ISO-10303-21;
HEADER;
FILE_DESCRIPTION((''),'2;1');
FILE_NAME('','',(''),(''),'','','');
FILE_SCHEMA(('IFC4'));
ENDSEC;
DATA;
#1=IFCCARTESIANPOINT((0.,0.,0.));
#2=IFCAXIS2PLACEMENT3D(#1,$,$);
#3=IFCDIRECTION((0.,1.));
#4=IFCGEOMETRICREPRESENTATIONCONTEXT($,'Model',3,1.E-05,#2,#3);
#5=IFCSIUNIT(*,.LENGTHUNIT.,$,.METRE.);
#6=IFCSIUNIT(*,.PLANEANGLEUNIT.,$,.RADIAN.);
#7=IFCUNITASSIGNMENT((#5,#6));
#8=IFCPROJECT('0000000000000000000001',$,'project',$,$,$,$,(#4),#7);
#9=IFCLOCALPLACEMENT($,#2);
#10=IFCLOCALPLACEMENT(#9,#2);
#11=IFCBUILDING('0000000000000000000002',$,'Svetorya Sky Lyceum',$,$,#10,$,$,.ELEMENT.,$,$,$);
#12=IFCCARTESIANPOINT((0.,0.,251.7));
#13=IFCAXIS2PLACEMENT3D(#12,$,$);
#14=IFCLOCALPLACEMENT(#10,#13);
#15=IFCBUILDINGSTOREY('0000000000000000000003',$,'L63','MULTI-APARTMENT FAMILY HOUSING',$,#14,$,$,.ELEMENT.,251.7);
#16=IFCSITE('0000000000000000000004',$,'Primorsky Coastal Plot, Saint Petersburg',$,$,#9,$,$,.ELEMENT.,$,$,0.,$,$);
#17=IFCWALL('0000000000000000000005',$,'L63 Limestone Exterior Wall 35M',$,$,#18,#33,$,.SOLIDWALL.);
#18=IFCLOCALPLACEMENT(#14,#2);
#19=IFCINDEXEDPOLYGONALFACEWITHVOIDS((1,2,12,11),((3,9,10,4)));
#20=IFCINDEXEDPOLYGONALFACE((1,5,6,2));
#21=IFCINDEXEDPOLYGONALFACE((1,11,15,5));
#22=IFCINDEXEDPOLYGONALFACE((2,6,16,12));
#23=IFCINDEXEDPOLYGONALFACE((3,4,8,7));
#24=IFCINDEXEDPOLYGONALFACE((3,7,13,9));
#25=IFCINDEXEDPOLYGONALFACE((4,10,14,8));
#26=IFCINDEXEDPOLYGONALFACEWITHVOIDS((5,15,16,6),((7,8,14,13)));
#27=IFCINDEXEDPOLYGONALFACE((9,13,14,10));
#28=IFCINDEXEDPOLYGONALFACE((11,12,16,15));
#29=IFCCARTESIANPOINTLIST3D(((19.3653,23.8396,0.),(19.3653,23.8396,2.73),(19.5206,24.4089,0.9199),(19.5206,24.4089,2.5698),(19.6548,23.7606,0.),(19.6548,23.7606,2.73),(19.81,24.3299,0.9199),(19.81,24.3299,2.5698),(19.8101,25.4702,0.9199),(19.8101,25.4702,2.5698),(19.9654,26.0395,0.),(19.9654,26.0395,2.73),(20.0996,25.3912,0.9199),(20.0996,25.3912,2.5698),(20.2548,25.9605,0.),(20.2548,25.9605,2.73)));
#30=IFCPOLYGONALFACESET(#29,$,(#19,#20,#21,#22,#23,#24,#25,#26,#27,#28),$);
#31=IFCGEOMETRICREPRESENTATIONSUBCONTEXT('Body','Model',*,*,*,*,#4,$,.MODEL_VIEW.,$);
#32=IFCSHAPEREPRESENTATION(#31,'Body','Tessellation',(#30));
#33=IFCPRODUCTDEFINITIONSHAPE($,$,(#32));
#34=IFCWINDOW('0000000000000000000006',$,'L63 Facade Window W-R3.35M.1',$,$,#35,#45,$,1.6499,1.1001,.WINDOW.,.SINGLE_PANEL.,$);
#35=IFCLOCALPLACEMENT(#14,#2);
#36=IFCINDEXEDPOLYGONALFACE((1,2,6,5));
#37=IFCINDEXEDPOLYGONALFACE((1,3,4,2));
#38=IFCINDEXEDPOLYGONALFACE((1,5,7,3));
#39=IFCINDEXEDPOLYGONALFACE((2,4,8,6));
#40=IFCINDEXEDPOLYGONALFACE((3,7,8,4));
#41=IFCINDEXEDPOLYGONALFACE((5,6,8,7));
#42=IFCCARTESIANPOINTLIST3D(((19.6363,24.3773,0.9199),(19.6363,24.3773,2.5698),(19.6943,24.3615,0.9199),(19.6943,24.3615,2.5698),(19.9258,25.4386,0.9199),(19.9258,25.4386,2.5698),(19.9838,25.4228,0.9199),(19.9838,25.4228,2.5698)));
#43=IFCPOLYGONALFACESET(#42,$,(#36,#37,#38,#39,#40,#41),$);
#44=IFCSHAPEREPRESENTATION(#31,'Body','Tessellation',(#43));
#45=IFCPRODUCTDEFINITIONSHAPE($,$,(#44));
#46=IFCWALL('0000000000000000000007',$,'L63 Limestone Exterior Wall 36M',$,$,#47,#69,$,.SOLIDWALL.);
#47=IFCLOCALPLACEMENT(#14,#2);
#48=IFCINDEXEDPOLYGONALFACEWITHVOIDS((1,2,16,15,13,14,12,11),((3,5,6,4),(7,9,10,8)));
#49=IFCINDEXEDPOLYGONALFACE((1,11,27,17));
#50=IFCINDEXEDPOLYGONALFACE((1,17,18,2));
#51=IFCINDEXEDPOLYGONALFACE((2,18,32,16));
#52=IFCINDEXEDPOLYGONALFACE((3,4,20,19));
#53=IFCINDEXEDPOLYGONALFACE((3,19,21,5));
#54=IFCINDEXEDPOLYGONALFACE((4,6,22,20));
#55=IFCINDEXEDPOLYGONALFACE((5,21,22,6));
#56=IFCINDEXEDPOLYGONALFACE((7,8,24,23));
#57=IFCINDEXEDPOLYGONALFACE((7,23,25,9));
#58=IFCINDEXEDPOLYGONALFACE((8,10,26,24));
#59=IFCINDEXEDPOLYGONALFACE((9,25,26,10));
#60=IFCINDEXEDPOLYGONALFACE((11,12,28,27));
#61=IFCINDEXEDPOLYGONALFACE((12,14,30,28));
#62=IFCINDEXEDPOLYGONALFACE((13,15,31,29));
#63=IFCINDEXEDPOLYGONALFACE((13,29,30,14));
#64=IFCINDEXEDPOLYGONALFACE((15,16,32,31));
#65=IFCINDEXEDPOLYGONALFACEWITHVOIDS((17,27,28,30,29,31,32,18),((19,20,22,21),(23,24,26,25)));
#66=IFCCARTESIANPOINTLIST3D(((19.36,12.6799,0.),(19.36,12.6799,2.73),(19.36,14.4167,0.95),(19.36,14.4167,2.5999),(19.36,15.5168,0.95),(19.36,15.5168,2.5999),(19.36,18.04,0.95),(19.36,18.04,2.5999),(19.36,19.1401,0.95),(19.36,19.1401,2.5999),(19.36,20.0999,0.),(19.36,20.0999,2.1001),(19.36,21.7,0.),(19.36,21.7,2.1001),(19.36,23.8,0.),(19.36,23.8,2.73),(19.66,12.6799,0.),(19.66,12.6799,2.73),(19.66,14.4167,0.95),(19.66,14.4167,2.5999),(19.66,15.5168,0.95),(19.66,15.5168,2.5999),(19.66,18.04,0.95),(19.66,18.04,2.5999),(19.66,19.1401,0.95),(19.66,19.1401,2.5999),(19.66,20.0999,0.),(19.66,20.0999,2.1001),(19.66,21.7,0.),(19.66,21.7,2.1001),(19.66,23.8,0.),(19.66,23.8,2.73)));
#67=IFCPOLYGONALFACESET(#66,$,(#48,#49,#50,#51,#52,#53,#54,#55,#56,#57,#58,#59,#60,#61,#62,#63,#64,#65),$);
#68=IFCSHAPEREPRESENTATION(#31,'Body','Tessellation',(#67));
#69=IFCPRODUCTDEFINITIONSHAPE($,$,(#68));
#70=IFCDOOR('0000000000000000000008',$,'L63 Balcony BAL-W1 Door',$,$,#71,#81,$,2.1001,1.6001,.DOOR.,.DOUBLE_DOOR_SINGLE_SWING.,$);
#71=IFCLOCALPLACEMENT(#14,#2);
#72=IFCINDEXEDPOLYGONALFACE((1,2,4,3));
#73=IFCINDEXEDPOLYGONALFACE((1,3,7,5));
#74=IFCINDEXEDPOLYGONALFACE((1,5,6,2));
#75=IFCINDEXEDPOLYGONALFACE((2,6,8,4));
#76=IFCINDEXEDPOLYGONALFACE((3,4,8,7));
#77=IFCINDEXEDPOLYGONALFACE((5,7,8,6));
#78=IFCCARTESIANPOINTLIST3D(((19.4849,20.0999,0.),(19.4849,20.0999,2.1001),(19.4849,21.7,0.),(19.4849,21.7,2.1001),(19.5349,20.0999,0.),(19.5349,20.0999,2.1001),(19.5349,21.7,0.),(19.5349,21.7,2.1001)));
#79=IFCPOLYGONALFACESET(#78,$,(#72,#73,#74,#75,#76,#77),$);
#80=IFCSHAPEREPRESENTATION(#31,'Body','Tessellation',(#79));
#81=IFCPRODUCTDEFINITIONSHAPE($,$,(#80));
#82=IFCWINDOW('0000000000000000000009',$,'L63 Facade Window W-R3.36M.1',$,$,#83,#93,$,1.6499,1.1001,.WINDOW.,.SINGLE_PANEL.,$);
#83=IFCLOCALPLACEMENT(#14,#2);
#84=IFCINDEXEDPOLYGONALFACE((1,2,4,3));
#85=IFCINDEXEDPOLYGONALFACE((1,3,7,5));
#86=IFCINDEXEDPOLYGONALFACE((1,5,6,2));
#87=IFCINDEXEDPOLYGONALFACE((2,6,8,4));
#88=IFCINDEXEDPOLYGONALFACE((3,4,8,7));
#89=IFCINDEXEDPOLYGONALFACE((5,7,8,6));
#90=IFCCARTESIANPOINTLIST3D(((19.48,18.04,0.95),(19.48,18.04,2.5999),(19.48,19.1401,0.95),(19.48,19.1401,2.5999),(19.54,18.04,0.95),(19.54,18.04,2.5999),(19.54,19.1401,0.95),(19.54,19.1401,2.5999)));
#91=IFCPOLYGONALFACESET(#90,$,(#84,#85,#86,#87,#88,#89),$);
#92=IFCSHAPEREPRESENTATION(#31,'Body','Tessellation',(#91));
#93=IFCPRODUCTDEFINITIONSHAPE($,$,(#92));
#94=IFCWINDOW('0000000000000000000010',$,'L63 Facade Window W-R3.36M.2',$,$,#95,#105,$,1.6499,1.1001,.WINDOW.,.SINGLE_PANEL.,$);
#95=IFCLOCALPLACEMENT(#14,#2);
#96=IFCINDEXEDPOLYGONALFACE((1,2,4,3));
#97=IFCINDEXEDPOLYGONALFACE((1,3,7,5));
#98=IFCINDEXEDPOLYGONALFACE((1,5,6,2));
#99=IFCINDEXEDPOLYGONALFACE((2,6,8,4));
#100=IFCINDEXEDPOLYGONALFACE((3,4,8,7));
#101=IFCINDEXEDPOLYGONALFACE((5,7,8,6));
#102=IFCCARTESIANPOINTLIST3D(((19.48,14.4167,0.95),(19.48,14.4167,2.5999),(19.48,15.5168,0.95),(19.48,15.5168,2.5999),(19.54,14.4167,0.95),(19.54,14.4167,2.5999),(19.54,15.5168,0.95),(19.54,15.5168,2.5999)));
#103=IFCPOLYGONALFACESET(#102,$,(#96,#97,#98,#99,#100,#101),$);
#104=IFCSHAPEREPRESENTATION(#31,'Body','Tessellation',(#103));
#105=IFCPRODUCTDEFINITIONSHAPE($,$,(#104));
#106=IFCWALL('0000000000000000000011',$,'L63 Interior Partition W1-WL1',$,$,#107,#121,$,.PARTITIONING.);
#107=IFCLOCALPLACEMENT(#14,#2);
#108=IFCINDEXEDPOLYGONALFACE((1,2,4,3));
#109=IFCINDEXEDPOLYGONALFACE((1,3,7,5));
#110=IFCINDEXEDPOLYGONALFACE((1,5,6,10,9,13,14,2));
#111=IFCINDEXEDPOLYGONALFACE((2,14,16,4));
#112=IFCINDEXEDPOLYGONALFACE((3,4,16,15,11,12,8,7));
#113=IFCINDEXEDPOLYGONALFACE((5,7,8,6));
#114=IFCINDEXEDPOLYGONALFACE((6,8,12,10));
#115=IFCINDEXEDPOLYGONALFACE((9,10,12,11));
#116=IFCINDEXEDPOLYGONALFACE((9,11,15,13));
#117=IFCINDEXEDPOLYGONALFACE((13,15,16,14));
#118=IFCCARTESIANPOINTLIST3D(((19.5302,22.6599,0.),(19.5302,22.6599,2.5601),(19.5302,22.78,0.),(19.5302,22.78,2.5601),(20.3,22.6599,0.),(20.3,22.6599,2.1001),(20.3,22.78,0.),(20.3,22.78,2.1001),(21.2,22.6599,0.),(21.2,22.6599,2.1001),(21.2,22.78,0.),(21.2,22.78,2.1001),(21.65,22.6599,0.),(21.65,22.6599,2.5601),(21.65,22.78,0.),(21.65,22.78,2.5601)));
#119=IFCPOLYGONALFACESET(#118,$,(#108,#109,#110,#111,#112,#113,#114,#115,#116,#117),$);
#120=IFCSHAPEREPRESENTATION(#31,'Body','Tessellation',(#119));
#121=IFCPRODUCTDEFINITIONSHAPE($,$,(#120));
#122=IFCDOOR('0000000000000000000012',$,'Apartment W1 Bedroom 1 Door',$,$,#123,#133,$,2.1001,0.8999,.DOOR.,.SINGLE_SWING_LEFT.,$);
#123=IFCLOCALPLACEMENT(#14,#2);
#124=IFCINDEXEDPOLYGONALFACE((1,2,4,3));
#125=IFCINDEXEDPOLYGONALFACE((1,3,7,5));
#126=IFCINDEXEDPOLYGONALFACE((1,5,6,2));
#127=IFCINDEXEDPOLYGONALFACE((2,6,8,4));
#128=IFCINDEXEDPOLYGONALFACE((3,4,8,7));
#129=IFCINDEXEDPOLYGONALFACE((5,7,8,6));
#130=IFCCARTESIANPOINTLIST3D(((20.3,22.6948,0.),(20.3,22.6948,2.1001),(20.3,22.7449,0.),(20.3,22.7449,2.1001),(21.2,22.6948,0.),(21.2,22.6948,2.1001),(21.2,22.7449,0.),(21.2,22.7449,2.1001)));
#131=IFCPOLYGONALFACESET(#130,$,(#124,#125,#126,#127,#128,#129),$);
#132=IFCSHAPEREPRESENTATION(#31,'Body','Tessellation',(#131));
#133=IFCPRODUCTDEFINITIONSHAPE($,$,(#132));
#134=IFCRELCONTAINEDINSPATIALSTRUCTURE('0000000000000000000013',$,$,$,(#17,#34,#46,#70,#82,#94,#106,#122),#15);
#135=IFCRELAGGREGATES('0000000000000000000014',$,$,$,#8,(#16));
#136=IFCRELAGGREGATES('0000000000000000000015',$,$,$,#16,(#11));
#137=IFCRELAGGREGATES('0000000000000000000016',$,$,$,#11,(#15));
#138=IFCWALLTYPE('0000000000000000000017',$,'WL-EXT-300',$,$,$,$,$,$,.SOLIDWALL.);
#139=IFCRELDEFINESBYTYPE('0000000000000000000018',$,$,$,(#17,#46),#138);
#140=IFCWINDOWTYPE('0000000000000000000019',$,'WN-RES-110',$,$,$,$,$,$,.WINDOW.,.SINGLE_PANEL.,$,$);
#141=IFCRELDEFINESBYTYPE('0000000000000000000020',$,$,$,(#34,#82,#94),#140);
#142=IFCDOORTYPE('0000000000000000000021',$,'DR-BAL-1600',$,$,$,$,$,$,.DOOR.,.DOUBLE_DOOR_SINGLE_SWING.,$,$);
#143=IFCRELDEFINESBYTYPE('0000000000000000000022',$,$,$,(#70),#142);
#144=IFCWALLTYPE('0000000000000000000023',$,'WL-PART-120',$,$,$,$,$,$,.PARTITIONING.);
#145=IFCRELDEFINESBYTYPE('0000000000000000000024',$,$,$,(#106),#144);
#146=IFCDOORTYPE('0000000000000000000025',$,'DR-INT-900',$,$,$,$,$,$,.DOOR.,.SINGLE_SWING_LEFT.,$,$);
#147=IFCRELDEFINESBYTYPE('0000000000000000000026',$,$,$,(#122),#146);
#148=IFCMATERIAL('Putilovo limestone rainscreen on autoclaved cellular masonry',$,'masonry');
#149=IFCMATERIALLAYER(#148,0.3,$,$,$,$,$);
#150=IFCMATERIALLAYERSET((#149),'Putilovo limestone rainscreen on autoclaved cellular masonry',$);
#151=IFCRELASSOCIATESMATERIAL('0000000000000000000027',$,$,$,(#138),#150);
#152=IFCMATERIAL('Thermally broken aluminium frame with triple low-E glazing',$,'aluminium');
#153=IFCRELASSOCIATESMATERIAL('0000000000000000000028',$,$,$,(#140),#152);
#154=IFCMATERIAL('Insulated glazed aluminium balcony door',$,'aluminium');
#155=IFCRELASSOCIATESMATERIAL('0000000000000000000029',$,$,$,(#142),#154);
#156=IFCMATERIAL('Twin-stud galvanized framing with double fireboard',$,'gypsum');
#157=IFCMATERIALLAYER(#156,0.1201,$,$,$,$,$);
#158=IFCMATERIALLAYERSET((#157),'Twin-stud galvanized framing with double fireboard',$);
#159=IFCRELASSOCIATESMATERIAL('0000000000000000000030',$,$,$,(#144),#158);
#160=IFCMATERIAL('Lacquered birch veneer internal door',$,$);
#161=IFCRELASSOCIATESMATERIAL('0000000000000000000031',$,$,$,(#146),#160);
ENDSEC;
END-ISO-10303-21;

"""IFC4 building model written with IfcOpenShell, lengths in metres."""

from ifc_helpers import new_model, si_unit, direction, frame, frame_2d, origin, place, context, subcontext, project, spatial, rectangle, extrude, material, layer, layer_set, type_object, element, fill, save


model = new_model("IFC4")

# Units and contexts
model_context = context("Model", 3, precision=1e-05, world=origin(), true_north=direction((0.0, 1.0)))
body_context = subcontext(model_context, "Body", "Model", "MODEL_VIEW")
ifc_project = project(units=[si_unit("LENGTHUNIT", "METRE"), si_unit("PLANEANGLEUNIT", "RADIAN")], contexts=[model_context])

# Site, building, storey
site_placement = place(None, origin())
site = spatial("IfcSite", under=ifc_project, at=site_placement, Name="Primorsky Coastal Plot, Saint Petersburg", CompositionType="ELEMENT", RefElevation=0.0)
building_placement = place(site_placement, origin())
building = spatial("IfcBuilding", under=site, at=building_placement, Name="Svetorya Sky Lyceum", CompositionType="ELEMENT")
storey_placement = place(building_placement, frame((0.0, 0.0, 251.7)))
storey = spatial("IfcBuildingStorey", under=building, at=storey_placement, Name="L63", Description="MULTI-APARTMENT FAMILY HOUSING", CompositionType="ELEMENT", Elevation=251.7)

# Shared definitions
ifc_material_1 = material(Name="Putilovo limestone rainscreen on autoclaved cellular masonry", Category="masonry")
ifc_layer_1 = layer(ifc_material_1, 0.3)
ifc_layer_set_1 = layer_set([ifc_layer_1], Name="Putilovo limestone rainscreen on autoclaved cellular masonry")
wall_type_1 = type_object("IfcWallType", Name="WL-EXT-300", PredefinedType="SOLIDWALL", material=ifc_layer_set_1)

# Wall, opening, window
wall_1_placement = place(storey_placement, frame((20.1101, 26.0, 0.0), z_axis=(0.0, 0.0, 1.0), x_axis=(-0.263163, -0.964751, 0.0)))
wall_1 = element("IfcWall", 1, at=wall_1_placement, inside=storey, type_object=wall_type_1, Name="L63 Limestone Exterior Wall 35M", PredefinedType="SOLIDWALL", context=body_context, shape_type="SweptSolid", body=[
    extrude(rectangle(XDim=2.2803, YDim=0.3, at=frame_2d((1.1401, 0.0))), origin(), (0.0, 0.0, 1.0), 2.73),
])
opening_1_placement = place(wall_1_placement, frame((0.5901, 0.0, 0.9199)))
opening_1 = element("IfcOpeningElement", 2, at=opening_1_placement, cuts=wall_1, PredefinedType="OPENING", context=body_context, shape_type="SweptSolid", body=[
    extrude(rectangle(XDim=1.1001, YDim=1.6499, at=frame_2d((0.55, 0.825))), frame((0.0, 0.1599, 0.0), z_axis=(0.0, -1.0, 0.0), x_axis=(1.0, 0.0, 0.0)), (0.0, 0.0, 1.0), 0.3201),
])
ifc_material_2 = material(Name="Thermally broken aluminium frame with triple low-E glazing", Category="aluminium")
window_type = type_object("IfcWindowType", Name="WN-RES-110", PartitioningType="SINGLE_PANEL", PredefinedType="WINDOW", material=ifc_material_2)
window_1_placement = place(opening_1_placement, origin())
window_1 = element("IfcWindow", 3, at=window_1_placement, inside=storey, type_object=window_type, Name="L63 Facade Window W-R3.35M.1", OverallHeight=1.6499, OverallWidth=1.1001, PartitioningType="SINGLE_PANEL", PredefinedType="WINDOW", context=body_context, shape_type="SweptSolid", body=[
    extrude(rectangle(XDim=1.1001, YDim=1.6499, at=frame_2d((0.55, 0.825))), frame((0.0, 0.03, 0.0), z_axis=(0.0, -1.0, 0.0), x_axis=(1.0, 0.0, 0.0)), (0.0, 0.0, 1.0), 0.0601),
])
fill(opening_1, window_1)

# Wall, openings, door, windows
wall_2_placement = place(storey_placement, frame((19.51, 23.8, 0.0), z_axis=(0.0, 0.0, 1.0), x_axis=(0.0, -1.0, 0.0)))
wall_2 = element("IfcWall", 4, at=wall_2_placement, inside=storey, type_object=wall_type_1, Name="L63 Limestone Exterior Wall 36M", PredefinedType="SOLIDWALL", context=body_context, shape_type="SweptSolid", body=[
    extrude(rectangle(XDim=11.1201, YDim=0.3, at=frame_2d((5.5601, 0.0))), origin(), (0.0, 0.0, 1.0), 2.73),
])
opening_2_placement = place(wall_2_placement, frame((2.1001, 0.0, 0.0)))
opening_2 = element("IfcOpeningElement", 5, at=opening_2_placement, cuts=wall_2, PredefinedType="OPENING", context=body_context, shape_type="SweptSolid", body=[
    extrude(rectangle(XDim=1.6001, YDim=2.1001, at=frame_2d((0.8, 1.05))), frame((0.0, 0.1599, 0.0), z_axis=(0.0, -1.0, 0.0), x_axis=(1.0, 0.0, 0.0)), (0.0, 0.0, 1.0), 0.3201),
])
opening_3_placement = place(wall_2_placement, frame((4.6599, 0.0, 0.95)))
opening_3 = element("IfcOpeningElement", 6, at=opening_3_placement, cuts=wall_2, PredefinedType="OPENING", context=body_context, shape_type="SweptSolid", body=[
    extrude(rectangle(XDim=1.1001, YDim=1.6499, at=frame_2d((0.55, 0.825))), frame((0.0, 0.1599, 0.0), z_axis=(0.0, -1.0, 0.0), x_axis=(1.0, 0.0, 0.0)), (0.0, 0.0, 1.0), 0.3201),
])
opening_4_placement = place(wall_2_placement, frame((8.2832, 0.0, 0.95)))
opening_4 = element("IfcOpeningElement", 7, at=opening_4_placement, cuts=wall_2, PredefinedType="OPENING", context=body_context, shape_type="SweptSolid", body=[
    extrude(rectangle(XDim=1.1001, YDim=1.6499, at=frame_2d((0.55, 0.825))), frame((0.0, 0.1599, 0.0), z_axis=(0.0, -1.0, 0.0), x_axis=(1.0, 0.0, 0.0)), (0.0, 0.0, 1.0), 0.3201),
])
ifc_material_3 = material(Name="Insulated glazed aluminium balcony door", Category="aluminium")
door_type_1 = type_object("IfcDoorType", Name="DR-BAL-1600", OperationType="DOUBLE_DOOR_SINGLE_SWING", PredefinedType="DOOR", material=ifc_material_3)
door_1_placement = place(opening_2_placement, origin())
door_1 = element("IfcDoor", 8, at=door_1_placement, inside=storey, type_object=door_type_1, Name="L63 Balcony BAL-W1 Door", OperationType="DOUBLE_DOOR_SINGLE_SWING", OverallHeight=2.1001, OverallWidth=1.6001, PredefinedType="DOOR", context=body_context, shape_type="SweptSolid", body=[
    extrude(rectangle(XDim=1.6001, YDim=2.1001, at=frame_2d((0.8, 1.05))), frame((0.0, 0.0249, 0.0), z_axis=(0.0, -1.0, 0.0), x_axis=(1.0, 0.0, 0.0)), (0.0, 0.0, 1.0), 0.05),
])
fill(opening_2, door_1)
window_2_placement = place(opening_3_placement, origin())
window_2 = element("IfcWindow", 9, at=window_2_placement, inside=storey, type_object=window_type, Name="L63 Facade Window W-R3.36M.1", OverallHeight=1.6499, OverallWidth=1.1001, PartitioningType="SINGLE_PANEL", PredefinedType="WINDOW", context=body_context, shape_type="SweptSolid", body=[
    extrude(rectangle(XDim=1.1001, YDim=1.6499, at=frame_2d((0.55, 0.825))), frame((0.0, 0.03, 0.0), z_axis=(0.0, -1.0, 0.0), x_axis=(1.0, 0.0, 0.0)), (0.0, 0.0, 1.0), 0.0601),
])
fill(opening_3, window_2)
window_3_placement = place(opening_4_placement, origin())
window_3 = element("IfcWindow", 10, at=window_3_placement, inside=storey, type_object=window_type, Name="L63 Facade Window W-R3.36M.2", OverallHeight=1.6499, OverallWidth=1.1001, PartitioningType="SINGLE_PANEL", PredefinedType="WINDOW", context=body_context, shape_type="SweptSolid", body=[
    extrude(rectangle(XDim=1.1001, YDim=1.6499, at=frame_2d((0.55, 0.825))), frame((0.0, 0.03, 0.0), z_axis=(0.0, -1.0, 0.0), x_axis=(1.0, 0.0, 0.0)), (0.0, 0.0, 1.0), 0.0601),
])
fill(opening_4, window_3)

# Wall, opening, door
ifc_material_4 = material(Name="Twin-stud galvanized framing with double fireboard", Category="gypsum")
ifc_layer_2 = layer(ifc_material_4, 0.1201)
ifc_layer_set_2 = layer_set([ifc_layer_2], Name="Twin-stud galvanized framing with double fireboard")
wall_type_2 = type_object("IfcWallType", Name="WL-PART-120", PredefinedType="PARTITIONING", material=ifc_layer_set_2)
wall_3_placement = place(storey_placement, frame((19.53, 22.72, 0.0), z_axis=(0.0, 0.0, 1.0), x_axis=(1.0, 0.0, 0.0)))
wall_3 = element("IfcWall", 11, at=wall_3_placement, inside=storey, type_object=wall_type_2, Name="L63 Interior Partition W1-WL1", PredefinedType="PARTITIONING", context=body_context, shape_type="SweptSolid", body=[
    extrude(rectangle(XDim=2.1199, YDim=0.1201, at=frame_2d((1.0601, 0.0))), origin(), (0.0, 0.0, 1.0), 2.5601),
])
opening_5_placement = place(wall_3_placement, frame((0.77, 0.0, 0.0)))
opening_5 = element("IfcOpeningElement", 12, at=opening_5_placement, cuts=wall_3, PredefinedType="OPENING", context=body_context, shape_type="SweptSolid", body=[
    extrude(rectangle(XDim=0.8999, YDim=2.1001, at=frame_2d((0.45, 1.05))), frame((0.0, 0.0701, 0.0), z_axis=(0.0, -1.0, 0.0), x_axis=(1.0, 0.0, 0.0)), (0.0, 0.0, 1.0), 0.1401),
])
ifc_material_5 = material(Name="Lacquered birch veneer internal door")
door_type_2 = type_object("IfcDoorType", Name="DR-INT-900", OperationType="SINGLE_SWING_LEFT", PredefinedType="DOOR", material=ifc_material_5)
door_2_placement = place(opening_5_placement, origin())
door_2 = element("IfcDoor", 13, at=door_2_placement, inside=storey, type_object=door_type_2, Name="Apartment W1 Bedroom 1 Door", OperationType="SINGLE_SWING_LEFT", OverallHeight=2.1001, OverallWidth=0.8999, PredefinedType="DOOR", context=body_context, shape_type="SweptSolid", body=[
    extrude(rectangle(XDim=0.8999, YDim=2.1001, at=frame_2d((0.45, 1.05))), frame((0.0, 0.0249, 0.0), z_axis=(0.0, -1.0, 0.0), x_axis=(1.0, 0.0, 0.0)), (0.0, 0.0, 1.0), 0.05),
])
fill(opening_5, door_2)

save(model, "model.ifc")
